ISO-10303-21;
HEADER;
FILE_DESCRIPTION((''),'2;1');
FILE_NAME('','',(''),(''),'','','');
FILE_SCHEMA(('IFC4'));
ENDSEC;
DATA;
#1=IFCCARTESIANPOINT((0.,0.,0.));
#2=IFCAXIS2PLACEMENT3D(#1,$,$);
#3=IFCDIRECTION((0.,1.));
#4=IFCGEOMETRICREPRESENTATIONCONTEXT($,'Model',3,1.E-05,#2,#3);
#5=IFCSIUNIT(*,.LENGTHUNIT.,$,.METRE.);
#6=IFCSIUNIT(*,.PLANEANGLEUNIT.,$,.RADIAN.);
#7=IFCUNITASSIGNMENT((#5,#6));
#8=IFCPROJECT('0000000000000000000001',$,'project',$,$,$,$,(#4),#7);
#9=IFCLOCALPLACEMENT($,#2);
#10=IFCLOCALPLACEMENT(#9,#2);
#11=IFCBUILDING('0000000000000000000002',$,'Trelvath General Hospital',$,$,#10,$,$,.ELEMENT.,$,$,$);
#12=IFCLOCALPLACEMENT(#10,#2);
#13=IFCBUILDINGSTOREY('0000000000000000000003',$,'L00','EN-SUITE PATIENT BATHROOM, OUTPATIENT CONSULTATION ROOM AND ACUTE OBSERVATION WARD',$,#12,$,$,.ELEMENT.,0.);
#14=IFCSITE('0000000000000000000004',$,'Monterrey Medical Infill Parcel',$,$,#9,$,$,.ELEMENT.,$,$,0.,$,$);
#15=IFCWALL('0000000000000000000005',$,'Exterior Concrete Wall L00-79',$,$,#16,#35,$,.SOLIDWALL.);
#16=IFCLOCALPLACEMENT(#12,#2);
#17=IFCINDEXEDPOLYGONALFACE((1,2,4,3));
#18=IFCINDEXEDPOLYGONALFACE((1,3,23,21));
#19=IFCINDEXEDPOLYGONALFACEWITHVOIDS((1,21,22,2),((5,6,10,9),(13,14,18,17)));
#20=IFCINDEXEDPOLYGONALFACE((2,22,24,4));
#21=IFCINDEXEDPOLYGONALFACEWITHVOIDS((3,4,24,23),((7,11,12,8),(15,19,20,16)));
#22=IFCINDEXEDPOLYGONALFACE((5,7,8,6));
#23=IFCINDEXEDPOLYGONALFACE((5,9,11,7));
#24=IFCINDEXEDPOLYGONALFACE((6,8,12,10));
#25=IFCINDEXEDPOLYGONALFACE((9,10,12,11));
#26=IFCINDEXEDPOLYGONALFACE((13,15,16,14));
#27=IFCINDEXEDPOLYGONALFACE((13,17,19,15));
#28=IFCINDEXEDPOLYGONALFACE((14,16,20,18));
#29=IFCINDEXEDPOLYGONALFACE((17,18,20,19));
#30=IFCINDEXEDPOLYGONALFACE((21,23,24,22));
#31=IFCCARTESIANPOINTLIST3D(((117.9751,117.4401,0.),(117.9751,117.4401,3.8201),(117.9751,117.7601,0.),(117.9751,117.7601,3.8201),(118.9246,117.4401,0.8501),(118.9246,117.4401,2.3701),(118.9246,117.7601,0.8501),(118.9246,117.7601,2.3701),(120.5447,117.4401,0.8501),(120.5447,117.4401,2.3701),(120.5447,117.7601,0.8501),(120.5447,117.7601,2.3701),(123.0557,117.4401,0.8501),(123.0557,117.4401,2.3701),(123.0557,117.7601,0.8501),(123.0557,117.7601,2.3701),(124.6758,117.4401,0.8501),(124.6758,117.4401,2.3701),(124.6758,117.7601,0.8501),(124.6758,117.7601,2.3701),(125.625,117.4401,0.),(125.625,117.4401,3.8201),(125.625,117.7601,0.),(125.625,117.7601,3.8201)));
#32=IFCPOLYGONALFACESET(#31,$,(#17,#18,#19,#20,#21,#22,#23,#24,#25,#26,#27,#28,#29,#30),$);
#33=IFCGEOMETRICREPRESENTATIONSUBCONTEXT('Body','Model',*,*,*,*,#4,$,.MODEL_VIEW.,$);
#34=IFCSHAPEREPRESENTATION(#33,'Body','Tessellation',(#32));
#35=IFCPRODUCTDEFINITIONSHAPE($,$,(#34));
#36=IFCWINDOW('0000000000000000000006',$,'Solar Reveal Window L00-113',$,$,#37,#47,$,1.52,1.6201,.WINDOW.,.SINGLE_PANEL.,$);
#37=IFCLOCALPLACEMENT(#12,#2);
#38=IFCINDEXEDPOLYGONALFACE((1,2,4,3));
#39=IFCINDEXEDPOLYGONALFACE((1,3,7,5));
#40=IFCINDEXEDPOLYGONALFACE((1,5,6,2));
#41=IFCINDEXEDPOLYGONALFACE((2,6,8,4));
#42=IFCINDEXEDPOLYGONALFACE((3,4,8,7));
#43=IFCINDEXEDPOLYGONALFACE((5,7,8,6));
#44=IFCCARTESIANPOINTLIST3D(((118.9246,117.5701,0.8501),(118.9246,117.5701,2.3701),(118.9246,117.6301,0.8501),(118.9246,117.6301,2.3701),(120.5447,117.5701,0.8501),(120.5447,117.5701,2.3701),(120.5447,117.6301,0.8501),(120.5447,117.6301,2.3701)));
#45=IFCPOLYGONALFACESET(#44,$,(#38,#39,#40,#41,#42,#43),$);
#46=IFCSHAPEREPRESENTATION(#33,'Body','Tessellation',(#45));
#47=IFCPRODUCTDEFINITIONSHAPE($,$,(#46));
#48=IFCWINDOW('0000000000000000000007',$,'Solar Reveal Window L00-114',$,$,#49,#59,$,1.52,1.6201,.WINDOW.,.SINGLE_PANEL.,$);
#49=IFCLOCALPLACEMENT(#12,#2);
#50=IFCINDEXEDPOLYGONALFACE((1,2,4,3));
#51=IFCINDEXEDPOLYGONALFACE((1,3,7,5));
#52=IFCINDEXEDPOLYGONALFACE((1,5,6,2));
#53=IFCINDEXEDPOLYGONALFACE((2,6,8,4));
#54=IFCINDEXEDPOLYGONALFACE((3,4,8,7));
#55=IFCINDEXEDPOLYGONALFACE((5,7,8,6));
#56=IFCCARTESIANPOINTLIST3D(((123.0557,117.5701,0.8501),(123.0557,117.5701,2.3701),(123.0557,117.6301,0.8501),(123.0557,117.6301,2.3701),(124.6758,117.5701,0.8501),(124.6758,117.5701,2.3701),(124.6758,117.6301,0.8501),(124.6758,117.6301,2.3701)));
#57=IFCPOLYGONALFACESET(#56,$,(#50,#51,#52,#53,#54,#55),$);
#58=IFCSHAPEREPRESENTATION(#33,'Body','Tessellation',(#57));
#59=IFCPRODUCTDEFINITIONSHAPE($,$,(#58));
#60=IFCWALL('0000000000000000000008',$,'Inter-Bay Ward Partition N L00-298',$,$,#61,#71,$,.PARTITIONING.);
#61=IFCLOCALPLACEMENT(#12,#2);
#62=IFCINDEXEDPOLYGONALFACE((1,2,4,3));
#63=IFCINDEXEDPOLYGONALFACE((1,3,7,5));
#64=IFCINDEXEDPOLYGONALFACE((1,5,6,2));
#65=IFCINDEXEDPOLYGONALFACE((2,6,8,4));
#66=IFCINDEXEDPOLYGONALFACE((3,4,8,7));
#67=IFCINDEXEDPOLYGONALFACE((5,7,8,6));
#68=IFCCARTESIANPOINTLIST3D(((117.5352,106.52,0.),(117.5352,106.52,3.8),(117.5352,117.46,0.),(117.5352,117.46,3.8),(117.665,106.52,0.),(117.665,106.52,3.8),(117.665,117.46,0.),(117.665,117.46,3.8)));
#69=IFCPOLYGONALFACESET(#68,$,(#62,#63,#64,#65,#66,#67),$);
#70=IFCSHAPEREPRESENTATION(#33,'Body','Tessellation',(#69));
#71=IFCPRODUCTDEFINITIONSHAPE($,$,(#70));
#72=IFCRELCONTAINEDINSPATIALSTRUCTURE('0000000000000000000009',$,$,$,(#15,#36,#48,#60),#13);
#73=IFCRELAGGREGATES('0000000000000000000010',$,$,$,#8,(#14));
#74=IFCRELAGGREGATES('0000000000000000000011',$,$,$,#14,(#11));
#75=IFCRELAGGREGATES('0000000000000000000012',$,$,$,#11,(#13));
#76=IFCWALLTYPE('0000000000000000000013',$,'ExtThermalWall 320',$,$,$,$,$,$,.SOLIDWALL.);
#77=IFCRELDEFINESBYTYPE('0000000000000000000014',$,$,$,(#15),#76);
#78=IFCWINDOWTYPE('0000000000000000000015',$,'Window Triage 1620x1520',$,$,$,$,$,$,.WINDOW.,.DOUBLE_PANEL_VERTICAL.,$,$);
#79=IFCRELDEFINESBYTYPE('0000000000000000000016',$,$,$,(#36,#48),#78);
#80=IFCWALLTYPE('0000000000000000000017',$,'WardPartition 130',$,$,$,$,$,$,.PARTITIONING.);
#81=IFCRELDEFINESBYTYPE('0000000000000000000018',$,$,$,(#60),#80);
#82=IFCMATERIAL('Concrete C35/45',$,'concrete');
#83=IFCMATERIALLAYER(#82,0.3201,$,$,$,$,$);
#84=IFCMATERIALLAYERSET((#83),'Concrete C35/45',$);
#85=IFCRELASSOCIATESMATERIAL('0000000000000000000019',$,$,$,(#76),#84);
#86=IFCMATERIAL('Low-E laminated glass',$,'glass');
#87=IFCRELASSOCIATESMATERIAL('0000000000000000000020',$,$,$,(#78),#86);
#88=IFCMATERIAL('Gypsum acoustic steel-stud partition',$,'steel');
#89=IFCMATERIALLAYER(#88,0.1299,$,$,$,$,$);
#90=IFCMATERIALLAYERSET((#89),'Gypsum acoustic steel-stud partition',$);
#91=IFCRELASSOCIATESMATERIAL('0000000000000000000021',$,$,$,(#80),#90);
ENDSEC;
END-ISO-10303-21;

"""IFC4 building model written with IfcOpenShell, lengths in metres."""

from ifc_helpers import new_model, si_unit, direction, frame, frame_2d, origin, place, context, subcontext, project, spatial, rectangle, extrude, material, layer, layer_set, type_object, element, fill, save


model = new_model("IFC4")

# Units and contexts
model_context = context("Model", 3, precision=1e-05, world=origin(), true_north=direction((0.0, 1.0)))
body_context = subcontext(model_context, "Body", "Model", "MODEL_VIEW")
ifc_project = project(units=[si_unit("LENGTHUNIT", "METRE"), si_unit("PLANEANGLEUNIT", "RADIAN")], contexts=[model_context])

# Site, building, storey
site_placement = place(None, origin())
site = spatial("IfcSite", under=ifc_project, at=site_placement, Name="Monterrey Medical Infill Parcel", CompositionType="ELEMENT", RefElevation=0.0)
building_placement = place(site_placement, origin())
building = spatial("IfcBuilding", under=site, at=building_placement, Name="Trelvath General Hospital", CompositionType="ELEMENT")
storey_placement = place(building_placement, origin())
storey = spatial("IfcBuildingStorey", under=building, at=storey_placement, Name="L00", Description="EN-SUITE PATIENT BATHROOM, OUTPATIENT CONSULTATION ROOM AND ACUTE OBSERVATION WARD", CompositionType="ELEMENT", Elevation=0.0)

# Wall, openings, windows
ifc_material_1 = material(Name="Concrete C35/45", Category="concrete")
ifc_layer_1 = layer(ifc_material_1, 0.3201)
ifc_layer_set_1 = layer_set([ifc_layer_1], Name="Concrete C35/45")
wall_type_1 = type_object("IfcWallType", Name="ExtThermalWall 320", PredefinedType="SOLIDWALL", material=ifc_layer_set_1)
wall_1_placement = place(storey_placement, frame((117.9751, 117.6001, 0.0), z_axis=(0.0, 0.0, 1.0), x_axis=(1.0, 0.0, 0.0)))
wall_1 = element("IfcWall", 1, at=wall_1_placement, inside=storey, type_object=wall_type_1, Name="Exterior Concrete Wall L00-79", PredefinedType="SOLIDWALL", context=body_context, shape_type="SweptSolid", body=[
    extrude(rectangle(XDim=7.6499, YDim=0.3201, at=frame_2d((3.825, 0.0))), origin(), (0.0, 0.0, 1.0), 3.8201),
])
opening_1_placement = place(wall_1_placement, frame((0.9495, 0.0, 0.8501)))
opening_1 = element("IfcOpeningElement", 2, at=opening_1_placement, cuts=wall_1, PredefinedType="OPENING", context=body_context, shape_type="SweptSolid", body=[
    extrude(rectangle(XDim=1.6201, YDim=1.52, at=frame_2d((0.8101, 0.76))), frame((0.0, 0.1699, 0.0), z_axis=(0.0, -1.0, 0.0), x_axis=(1.0, 0.0, 0.0)), (0.0, 0.0, 1.0), 0.3401),
])
opening_2_placement = place(wall_1_placement, frame((5.0806, 0.0, 0.8501)))
opening_2 = element("IfcOpeningElement", 3, at=opening_2_placement, cuts=wall_1, PredefinedType="OPENING", context=body_context, shape_type="SweptSolid", body=[
    extrude(rectangle(XDim=1.6201, YDim=1.52, at=frame_2d((0.8101, 0.76))), frame((0.0, 0.1699, 0.0), z_axis=(0.0, -1.0, 0.0), x_axis=(1.0, 0.0, 0.0)), (0.0, 0.0, 1.0), 0.3401),
])
ifc_material_2 = material(Name="Low-E laminated glass", Category="glass")
window_type = type_object("IfcWindowType", Name="Window Triage 1620x1520", PartitioningType="DOUBLE_PANEL_VERTICAL", PredefinedType="WINDOW", material=ifc_material_2)
window_1_placement = place(opening_1_placement, origin())
window_1 = element("IfcWindow", 4, at=window_1_placement, inside=storey, type_object=window_type, Name="Solar Reveal Window L00-113", OverallHeight=1.52, OverallWidth=1.6201, PartitioningType="SINGLE_PANEL", PredefinedType="WINDOW", context=body_context, shape_type="SweptSolid", body=[
    extrude(rectangle(XDim=1.6201, YDim=1.52, at=frame_2d((0.8101, 0.76))), frame((0.0, 0.03, 0.0), z_axis=(0.0, -1.0, 0.0), x_axis=(1.0, 0.0, 0.0)), (0.0, 0.0, 1.0), 0.0601),
])
fill(opening_1, window_1)
window_2_placement = place(opening_2_placement, origin())
window_2 = element("IfcWindow", 5, at=window_2_placement, inside=storey, type_object=window_type, Name="Solar Reveal Window L00-114", OverallHeight=1.52, OverallWidth=1.6201, PartitioningType="SINGLE_PANEL", PredefinedType="WINDOW", context=body_context, shape_type="SweptSolid", body=[
    extrude(rectangle(XDim=1.6201, YDim=1.52, at=frame_2d((0.8101, 0.76))), frame((0.0, 0.03, 0.0), z_axis=(0.0, -1.0, 0.0), x_axis=(1.0, 0.0, 0.0)), (0.0, 0.0, 1.0), 0.0601),
])
fill(opening_2, window_2)

# Wall
ifc_material_3 = material(Name="Gypsum acoustic steel-stud partition", Category="steel")
ifc_layer_2 = layer(ifc_material_3, 0.1299)
ifc_layer_set_2 = layer_set([ifc_layer_2], Name="Gypsum acoustic steel-stud partition")
wall_type_2 = type_object("IfcWallType", Name="WardPartition 130", PredefinedType="PARTITIONING", material=ifc_layer_set_2)
wall_2_placement = place(storey_placement, frame((117.6001, 106.52, 0.0), z_axis=(0.0, 0.0, 1.0), x_axis=(0.0, 1.0, 0.0)))
element("IfcWall", 6, at=wall_2_placement, inside=storey, type_object=wall_type_2, Name="Inter-Bay Ward Partition N L00-298", PredefinedType="PARTITIONING", context=body_context, shape_type="SweptSolid", body=[
    extrude(rectangle(XDim=10.9399, YDim=0.1299, at=frame_2d((5.47, 0.0))), origin(), (0.0, 0.0, 1.0), 3.8),
])

save(model, "model.ifc")
